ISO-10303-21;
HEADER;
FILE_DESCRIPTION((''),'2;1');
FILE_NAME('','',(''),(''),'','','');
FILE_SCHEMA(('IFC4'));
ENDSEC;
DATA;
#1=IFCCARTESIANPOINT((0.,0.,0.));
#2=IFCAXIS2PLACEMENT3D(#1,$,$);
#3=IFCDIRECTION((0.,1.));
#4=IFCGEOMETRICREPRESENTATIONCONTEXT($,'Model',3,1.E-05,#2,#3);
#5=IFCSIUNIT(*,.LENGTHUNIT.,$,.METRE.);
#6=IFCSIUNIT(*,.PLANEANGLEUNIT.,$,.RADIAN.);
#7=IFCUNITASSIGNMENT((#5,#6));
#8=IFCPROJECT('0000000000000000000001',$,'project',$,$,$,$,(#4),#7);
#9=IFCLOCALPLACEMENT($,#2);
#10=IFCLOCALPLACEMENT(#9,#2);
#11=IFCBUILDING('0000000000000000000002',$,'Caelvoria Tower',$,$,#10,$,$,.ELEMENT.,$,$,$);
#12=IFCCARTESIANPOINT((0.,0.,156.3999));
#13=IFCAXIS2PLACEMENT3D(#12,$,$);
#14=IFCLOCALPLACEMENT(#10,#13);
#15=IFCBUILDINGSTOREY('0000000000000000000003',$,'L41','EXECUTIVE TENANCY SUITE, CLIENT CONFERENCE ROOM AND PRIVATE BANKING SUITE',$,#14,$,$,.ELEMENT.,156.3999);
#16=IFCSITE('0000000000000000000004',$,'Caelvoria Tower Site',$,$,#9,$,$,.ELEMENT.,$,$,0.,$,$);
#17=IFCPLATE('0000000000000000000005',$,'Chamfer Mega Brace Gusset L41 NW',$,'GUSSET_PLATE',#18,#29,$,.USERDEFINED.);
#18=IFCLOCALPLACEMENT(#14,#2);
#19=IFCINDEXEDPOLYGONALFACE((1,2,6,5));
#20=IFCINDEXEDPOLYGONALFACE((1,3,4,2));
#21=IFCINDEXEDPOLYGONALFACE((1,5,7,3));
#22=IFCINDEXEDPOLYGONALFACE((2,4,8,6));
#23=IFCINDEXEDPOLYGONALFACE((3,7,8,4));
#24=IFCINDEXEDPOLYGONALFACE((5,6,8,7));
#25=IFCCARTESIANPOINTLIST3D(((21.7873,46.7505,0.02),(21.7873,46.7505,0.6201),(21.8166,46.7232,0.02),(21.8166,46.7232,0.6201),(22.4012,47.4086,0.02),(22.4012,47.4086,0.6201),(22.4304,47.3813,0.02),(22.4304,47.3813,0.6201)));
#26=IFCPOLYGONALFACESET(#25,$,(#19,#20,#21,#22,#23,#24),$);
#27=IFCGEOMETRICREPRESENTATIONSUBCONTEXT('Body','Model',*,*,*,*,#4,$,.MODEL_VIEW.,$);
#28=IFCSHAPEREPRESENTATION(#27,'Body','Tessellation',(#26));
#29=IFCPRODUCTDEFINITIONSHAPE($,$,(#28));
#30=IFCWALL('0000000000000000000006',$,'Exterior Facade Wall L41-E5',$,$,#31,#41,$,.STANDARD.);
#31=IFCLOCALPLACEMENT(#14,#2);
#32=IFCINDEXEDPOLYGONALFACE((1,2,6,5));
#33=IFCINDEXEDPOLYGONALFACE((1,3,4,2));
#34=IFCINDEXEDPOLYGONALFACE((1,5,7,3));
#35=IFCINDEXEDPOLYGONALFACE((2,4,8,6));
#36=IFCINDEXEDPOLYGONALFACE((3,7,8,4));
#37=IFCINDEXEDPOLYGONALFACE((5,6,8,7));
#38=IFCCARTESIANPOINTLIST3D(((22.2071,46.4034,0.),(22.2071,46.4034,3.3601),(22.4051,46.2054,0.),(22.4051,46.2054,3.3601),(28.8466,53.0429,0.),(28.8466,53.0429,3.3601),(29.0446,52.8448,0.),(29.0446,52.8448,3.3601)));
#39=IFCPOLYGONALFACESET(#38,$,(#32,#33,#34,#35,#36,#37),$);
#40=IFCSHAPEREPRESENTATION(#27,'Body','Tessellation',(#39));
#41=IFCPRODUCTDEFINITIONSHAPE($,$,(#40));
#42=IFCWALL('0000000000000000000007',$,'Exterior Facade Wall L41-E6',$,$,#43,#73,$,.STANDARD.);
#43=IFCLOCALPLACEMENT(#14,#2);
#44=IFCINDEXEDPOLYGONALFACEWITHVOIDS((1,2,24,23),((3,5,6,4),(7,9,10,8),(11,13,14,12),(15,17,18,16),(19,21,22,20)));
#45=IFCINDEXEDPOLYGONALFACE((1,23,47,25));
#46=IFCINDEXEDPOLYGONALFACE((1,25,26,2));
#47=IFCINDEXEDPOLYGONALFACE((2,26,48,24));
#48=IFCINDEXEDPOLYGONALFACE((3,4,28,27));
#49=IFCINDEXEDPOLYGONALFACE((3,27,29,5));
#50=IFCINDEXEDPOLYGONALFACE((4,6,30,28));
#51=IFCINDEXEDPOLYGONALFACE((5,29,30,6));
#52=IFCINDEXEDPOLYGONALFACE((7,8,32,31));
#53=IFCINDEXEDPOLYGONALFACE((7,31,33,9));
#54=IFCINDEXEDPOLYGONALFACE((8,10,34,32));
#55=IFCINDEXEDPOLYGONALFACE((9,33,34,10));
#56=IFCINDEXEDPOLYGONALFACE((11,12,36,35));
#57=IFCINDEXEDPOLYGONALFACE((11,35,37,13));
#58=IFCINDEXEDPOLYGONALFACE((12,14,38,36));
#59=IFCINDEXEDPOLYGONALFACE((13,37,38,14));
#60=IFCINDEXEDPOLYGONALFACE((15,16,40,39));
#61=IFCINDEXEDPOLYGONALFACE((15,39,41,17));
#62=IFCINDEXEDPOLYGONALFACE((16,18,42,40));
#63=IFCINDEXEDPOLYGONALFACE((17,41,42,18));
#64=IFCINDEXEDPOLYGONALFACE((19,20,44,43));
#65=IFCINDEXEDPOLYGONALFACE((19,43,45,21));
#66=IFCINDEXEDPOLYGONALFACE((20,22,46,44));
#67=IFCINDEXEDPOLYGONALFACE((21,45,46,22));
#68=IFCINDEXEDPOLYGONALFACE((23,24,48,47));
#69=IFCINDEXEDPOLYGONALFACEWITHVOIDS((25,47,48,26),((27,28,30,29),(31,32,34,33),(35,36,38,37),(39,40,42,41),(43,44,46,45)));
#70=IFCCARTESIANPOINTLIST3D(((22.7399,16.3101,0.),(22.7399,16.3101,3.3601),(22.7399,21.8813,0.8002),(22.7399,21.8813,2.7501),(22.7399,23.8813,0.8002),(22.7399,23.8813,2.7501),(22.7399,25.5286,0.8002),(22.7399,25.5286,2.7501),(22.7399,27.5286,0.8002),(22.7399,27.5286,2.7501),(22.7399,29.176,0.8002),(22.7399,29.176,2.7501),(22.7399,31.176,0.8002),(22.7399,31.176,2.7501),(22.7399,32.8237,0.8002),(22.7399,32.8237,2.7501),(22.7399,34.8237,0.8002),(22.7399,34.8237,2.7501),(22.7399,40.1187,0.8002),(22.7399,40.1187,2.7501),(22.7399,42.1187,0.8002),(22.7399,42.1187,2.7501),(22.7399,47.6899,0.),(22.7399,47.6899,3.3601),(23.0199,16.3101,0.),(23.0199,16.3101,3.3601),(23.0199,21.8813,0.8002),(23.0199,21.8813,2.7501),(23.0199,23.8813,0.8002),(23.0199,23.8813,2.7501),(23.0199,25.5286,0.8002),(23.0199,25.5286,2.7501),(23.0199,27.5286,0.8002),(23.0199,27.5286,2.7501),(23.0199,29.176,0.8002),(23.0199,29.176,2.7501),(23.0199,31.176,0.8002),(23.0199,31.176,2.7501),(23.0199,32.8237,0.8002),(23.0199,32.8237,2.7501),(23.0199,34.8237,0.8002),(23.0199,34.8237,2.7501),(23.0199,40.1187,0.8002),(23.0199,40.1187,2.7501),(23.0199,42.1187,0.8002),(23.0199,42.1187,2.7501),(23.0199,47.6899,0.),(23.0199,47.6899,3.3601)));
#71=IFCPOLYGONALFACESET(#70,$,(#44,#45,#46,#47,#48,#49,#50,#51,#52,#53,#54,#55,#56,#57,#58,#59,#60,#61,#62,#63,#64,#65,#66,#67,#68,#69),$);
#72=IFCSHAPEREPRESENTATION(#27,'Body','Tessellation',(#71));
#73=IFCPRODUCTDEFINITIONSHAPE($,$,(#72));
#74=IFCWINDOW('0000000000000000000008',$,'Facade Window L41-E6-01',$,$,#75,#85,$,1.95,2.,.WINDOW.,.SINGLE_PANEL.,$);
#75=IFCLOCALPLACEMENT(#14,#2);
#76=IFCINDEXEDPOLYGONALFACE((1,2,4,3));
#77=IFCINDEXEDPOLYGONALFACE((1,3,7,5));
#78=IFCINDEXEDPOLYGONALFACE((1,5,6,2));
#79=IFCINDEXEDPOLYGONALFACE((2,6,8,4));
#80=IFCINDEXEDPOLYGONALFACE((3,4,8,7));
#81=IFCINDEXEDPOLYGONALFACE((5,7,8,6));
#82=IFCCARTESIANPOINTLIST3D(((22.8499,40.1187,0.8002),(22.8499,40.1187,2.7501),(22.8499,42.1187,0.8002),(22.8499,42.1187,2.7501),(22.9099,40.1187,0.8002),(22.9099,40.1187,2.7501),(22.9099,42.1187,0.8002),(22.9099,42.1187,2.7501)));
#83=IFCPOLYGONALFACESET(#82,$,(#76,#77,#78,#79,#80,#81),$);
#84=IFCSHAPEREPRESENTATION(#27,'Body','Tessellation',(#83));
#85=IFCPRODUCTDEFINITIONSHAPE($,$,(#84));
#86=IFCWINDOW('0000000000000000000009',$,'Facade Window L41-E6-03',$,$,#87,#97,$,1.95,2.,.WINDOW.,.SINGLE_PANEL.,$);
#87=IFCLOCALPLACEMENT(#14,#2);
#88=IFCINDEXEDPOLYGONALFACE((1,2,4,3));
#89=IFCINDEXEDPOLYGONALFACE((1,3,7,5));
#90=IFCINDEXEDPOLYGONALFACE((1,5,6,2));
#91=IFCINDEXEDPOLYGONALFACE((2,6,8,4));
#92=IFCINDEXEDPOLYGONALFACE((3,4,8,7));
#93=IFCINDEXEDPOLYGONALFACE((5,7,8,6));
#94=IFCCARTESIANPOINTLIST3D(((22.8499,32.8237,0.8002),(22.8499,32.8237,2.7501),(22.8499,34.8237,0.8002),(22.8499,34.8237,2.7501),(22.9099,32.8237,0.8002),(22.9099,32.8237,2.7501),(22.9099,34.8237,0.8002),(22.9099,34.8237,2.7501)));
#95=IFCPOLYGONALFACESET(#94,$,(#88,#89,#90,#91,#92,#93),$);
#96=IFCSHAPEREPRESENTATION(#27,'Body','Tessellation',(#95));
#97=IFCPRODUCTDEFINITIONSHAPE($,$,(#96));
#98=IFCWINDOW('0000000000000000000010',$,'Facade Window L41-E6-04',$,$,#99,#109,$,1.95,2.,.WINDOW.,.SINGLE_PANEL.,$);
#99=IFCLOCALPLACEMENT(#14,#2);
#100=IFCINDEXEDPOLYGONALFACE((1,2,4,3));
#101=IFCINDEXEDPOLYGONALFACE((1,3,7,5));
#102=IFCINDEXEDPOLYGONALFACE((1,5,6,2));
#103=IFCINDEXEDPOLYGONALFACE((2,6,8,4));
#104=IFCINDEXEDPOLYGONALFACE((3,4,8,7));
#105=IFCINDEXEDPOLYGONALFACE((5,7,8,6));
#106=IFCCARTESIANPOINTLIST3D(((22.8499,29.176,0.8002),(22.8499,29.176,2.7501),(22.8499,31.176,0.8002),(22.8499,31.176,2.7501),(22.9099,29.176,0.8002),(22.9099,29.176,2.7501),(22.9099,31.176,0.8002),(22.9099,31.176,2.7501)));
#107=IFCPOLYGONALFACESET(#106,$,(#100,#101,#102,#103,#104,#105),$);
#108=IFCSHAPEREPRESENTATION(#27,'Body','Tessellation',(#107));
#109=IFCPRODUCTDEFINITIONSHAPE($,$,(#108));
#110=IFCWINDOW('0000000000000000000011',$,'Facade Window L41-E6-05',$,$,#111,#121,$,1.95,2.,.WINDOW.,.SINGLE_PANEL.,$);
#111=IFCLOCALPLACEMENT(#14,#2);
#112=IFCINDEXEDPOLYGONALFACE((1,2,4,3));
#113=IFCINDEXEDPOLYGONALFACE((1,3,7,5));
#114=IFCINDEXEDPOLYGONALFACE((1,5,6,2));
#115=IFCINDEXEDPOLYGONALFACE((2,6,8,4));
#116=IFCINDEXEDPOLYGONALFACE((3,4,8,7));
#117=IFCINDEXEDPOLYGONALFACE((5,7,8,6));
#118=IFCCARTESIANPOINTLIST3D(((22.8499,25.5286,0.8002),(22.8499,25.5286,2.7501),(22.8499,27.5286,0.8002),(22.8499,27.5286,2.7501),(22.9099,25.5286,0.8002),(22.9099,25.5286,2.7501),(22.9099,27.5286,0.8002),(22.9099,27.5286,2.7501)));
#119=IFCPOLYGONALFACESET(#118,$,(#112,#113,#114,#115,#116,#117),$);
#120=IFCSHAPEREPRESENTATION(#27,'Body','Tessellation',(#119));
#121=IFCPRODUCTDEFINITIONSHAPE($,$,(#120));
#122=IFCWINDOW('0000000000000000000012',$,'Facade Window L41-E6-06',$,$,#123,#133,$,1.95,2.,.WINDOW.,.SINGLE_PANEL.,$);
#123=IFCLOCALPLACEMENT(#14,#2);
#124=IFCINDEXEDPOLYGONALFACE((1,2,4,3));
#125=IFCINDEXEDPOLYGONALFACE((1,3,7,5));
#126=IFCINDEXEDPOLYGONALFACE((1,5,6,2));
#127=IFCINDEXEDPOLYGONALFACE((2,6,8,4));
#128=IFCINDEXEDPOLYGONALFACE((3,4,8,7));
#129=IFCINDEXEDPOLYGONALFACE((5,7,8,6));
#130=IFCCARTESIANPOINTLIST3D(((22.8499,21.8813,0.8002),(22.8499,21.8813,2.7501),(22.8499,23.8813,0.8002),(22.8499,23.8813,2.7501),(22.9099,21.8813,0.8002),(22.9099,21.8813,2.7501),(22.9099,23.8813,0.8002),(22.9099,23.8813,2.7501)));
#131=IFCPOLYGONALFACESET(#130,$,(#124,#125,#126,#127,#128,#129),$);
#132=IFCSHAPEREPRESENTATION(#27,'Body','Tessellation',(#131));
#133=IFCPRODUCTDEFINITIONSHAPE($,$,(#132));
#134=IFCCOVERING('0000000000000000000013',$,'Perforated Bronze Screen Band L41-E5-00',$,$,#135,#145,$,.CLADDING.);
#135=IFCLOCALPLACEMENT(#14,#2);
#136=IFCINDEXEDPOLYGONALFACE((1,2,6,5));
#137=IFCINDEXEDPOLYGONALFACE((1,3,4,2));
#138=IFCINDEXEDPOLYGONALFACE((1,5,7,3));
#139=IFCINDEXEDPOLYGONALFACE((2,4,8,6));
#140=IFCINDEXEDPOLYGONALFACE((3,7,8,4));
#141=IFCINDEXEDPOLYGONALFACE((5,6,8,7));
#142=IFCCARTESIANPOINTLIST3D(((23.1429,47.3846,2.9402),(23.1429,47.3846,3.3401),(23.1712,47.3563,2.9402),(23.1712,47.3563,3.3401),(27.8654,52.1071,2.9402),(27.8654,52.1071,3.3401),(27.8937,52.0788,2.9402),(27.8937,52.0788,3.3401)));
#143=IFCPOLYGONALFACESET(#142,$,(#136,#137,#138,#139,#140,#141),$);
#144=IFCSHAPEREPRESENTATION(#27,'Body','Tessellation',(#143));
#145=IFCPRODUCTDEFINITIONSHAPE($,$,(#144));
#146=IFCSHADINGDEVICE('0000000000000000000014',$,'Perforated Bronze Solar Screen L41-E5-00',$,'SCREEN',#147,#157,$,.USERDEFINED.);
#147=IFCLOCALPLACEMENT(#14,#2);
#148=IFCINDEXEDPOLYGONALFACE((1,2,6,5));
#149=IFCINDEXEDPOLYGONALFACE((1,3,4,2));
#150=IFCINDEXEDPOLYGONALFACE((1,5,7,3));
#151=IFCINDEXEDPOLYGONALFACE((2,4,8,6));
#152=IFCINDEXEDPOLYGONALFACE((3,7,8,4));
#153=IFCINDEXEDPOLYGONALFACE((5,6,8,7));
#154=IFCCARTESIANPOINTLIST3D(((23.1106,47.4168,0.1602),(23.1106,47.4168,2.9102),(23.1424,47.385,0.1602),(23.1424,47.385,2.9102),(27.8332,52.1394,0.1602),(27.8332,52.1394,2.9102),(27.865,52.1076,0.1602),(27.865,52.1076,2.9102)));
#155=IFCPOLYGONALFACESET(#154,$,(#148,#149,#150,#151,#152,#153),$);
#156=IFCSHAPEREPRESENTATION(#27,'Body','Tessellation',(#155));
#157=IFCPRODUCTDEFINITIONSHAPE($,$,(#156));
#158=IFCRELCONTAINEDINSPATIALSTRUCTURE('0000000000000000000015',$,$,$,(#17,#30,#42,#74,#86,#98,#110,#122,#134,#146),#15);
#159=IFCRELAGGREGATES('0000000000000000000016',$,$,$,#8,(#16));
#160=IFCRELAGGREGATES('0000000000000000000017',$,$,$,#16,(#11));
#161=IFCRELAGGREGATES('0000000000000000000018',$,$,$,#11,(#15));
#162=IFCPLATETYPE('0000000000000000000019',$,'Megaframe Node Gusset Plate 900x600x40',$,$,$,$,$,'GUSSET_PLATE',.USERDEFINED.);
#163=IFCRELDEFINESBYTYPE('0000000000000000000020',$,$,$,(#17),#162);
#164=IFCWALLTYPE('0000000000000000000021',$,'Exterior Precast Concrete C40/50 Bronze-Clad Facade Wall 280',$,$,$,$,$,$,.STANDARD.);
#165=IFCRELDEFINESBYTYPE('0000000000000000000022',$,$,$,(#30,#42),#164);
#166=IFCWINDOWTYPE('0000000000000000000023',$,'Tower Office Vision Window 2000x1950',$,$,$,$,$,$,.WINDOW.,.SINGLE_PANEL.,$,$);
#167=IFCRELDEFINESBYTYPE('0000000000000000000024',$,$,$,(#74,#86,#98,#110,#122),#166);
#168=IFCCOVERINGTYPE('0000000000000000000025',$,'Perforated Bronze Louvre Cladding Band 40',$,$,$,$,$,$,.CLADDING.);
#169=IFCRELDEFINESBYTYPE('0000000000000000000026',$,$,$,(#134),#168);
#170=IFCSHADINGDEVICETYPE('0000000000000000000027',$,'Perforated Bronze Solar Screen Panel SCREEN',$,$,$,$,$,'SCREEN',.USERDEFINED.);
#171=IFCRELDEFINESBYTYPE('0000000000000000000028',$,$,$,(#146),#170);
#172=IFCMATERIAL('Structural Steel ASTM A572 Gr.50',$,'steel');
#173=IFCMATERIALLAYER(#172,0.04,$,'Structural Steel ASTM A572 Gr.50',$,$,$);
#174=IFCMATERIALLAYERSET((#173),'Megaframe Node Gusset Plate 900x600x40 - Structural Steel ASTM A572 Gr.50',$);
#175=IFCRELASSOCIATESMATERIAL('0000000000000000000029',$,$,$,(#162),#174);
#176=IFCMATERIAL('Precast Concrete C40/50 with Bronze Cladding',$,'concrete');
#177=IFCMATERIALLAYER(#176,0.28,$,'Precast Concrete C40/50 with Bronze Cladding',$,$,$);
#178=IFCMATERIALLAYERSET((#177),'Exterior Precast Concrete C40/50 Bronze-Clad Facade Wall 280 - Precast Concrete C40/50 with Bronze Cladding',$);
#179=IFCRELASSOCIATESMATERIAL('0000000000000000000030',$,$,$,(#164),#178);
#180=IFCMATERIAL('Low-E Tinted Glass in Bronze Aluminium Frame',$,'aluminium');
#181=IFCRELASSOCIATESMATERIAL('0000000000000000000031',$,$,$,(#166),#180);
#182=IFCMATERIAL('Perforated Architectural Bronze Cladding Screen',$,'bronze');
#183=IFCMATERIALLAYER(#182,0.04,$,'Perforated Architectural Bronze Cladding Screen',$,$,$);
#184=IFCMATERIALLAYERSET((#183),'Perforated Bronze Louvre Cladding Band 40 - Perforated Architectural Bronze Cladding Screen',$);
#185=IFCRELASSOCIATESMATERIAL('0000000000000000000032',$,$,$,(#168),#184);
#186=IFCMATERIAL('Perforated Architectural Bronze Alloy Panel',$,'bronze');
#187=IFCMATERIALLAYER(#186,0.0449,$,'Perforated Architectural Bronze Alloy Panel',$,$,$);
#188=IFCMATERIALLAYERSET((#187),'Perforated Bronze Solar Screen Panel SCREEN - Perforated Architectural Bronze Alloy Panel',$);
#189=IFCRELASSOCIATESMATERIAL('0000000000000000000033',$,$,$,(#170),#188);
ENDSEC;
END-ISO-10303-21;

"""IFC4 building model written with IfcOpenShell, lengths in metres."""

from ifc_helpers import new_model, si_unit, direction, frame, frame_2d, origin, origin_2d, place, context, subcontext, project, spatial, rectangle, extrude, material, layer, layer_set, type_object, element, fill, save


model = new_model("IFC4")

# Units and contexts
model_context = context("Model", 3, precision=1e-05, world=origin(), true_north=direction((0.0, 1.0)))
body_context = subcontext(model_context, "Body", "Model", "MODEL_VIEW")
ifc_project = project(units=[si_unit("LENGTHUNIT", "METRE"), si_unit("PLANEANGLEUNIT", "RADIAN")], contexts=[model_context])

# Site, building, storey
site_placement = place(None, origin())
site = spatial("IfcSite", under=ifc_project, at=site_placement, Name="Caelvoria Tower Site", CompositionType="ELEMENT", RefElevation=0.0)
building_placement = place(site_placement, origin())
building = spatial("IfcBuilding", under=site, at=building_placement, Name="Caelvoria Tower", CompositionType="ELEMENT")
storey_placement = place(building_placement, frame((0.0, 0.0, 156.3999)))
storey = spatial("IfcBuildingStorey", under=building, at=storey_placement, Name="L41", Description="EXECUTIVE TENANCY SUITE, CLIENT CONFERENCE ROOM AND PRIVATE BANKING SUITE", CompositionType="ELEMENT", Elevation=156.3999)

# Shared definitions
ifc_material_1 = material(Name="Structural Steel ASTM A572 Gr.50", Category="steel")

# Plate
ifc_layer_1 = layer(ifc_material_1, 0.04, Name="Structural Steel ASTM A572 Gr.50")
ifc_layer_set_1 = layer_set([ifc_layer_1], Name="Megaframe Node Gusset Plate 900x600x40 - Structural Steel ASTM A572 Gr.50")
plate_type = type_object("IfcPlateType", Name="Megaframe Node Gusset Plate 900x600x40", ElementType="GUSSET_PLATE", PredefinedType="USERDEFINED", material=ifc_layer_set_1)
plate_placement = place(storey_placement, frame((22.1089, 47.0659, 0.02), z_axis=(0.0, 0.0, 1.0), x_axis=(0.682107, 0.731253, 0.0)))
element("IfcPlate", 1, at=plate_placement, inside=storey, type_object=plate_type, Name="Chamfer Mega Brace Gusset L41 NW", ObjectType="GUSSET_PLATE", PredefinedType="USERDEFINED", context=body_context, shape_type="SweptSolid", body=[
    extrude(rectangle(XDim=0.8999, YDim=0.04, at=origin_2d()), origin(), (0.0, 0.0, 1.0), 0.6001),
])

# Wall
ifc_material_2 = material(Name="Precast Concrete C40/50 with Bronze Cladding", Category="concrete")
ifc_layer_2 = layer(ifc_material_2, 0.28, Name="Precast Concrete C40/50 with Bronze Cladding")
ifc_layer_set_2 = layer_set([ifc_layer_2], Name="Exterior Precast Concrete C40/50 Bronze-Clad Facade Wall 280 - Precast Concrete C40/50 with Bronze Cladding")
wall_type = type_object("IfcWallType", Name="Exterior Precast Concrete C40/50 Bronze-Clad Facade Wall 280", PredefinedType="STANDARD", material=ifc_layer_set_2)
wall_1_placement = place(storey_placement, frame((28.9456, 52.9438, 0.0), z_axis=(0.0, 0.0, 1.0), x_axis=(-0.707107, -0.707107, 0.0)))
element("IfcWall", 2, at=wall_1_placement, inside=storey, type_object=wall_type, Name="Exterior Facade Wall L41-E5", PredefinedType="STANDARD", context=body_context, shape_type="SweptSolid", body=[
    extrude(rectangle(XDim=9.3896, YDim=0.28, at=frame_2d((4.6948, 0.0))), origin(), (0.0, 0.0, 1.0), 3.3601),
])

# Wall, openings, windows
wall_2_placement = place(storey_placement, frame((22.8799, 47.6899, 0.0), z_axis=(0.0, 0.0, 1.0), x_axis=(0.0, -1.0, 0.0)))
wall_2 = element("IfcWall", 3, at=wall_2_placement, inside=storey, type_object=wall_type, Name="Exterior Facade Wall L41-E6", PredefinedType="STANDARD", context=body_context, shape_type="SweptSolid", body=[
    extrude(rectangle(XDim=31.3799, YDim=0.28, at=frame_2d((15.6899, 0.0))), origin(), (0.0, 0.0, 1.0), 3.3601),
])
opening_1_placement = place(wall_2_placement, frame((5.5713, 0.0, 0.8)))
opening_1 = element("IfcOpeningElement", 4, at=opening_1_placement, cuts=wall_2, PredefinedType="OPENING", context=body_context, shape_type="SweptSolid", body=[
    extrude(rectangle(XDim=2.0, YDim=1.95, at=frame_2d((1.0, 0.9751))), frame((0.0, 0.1499, 0.0), z_axis=(0.0, -1.0, 0.0), x_axis=(1.0, 0.0, 0.0)), (0.0, 0.0, 1.0), 0.3),
])
opening_2_placement = place(wall_2_placement, frame((12.8662, 0.0, 0.8)))
opening_2 = element("IfcOpeningElement", 5, at=opening_2_placement, cuts=wall_2, PredefinedType="OPENING", context=body_context, shape_type="SweptSolid", body=[
    extrude(rectangle(XDim=2.0, YDim=1.95, at=frame_2d((1.0, 0.9751))), frame((0.0, 0.1499, 0.0), z_axis=(0.0, -1.0, 0.0), x_axis=(1.0, 0.0, 0.0)), (0.0, 0.0, 1.0), 0.3),
])
opening_3_placement = place(wall_2_placement, frame((16.5139, 0.0, 0.8)))
opening_3 = element("IfcOpeningElement", 6, at=opening_3_placement, cuts=wall_2, PredefinedType="OPENING", context=body_context, shape_type="SweptSolid", body=[
    extrude(rectangle(XDim=2.0, YDim=1.95, at=frame_2d((1.0, 0.9751))), frame((0.0, 0.1499, 0.0), z_axis=(0.0, -1.0, 0.0), x_axis=(1.0, 0.0, 0.0)), (0.0, 0.0, 1.0), 0.3),
])
opening_4_placement = place(wall_2_placement, frame((20.1614, 0.0, 0.8)))
opening_4 = element("IfcOpeningElement", 7, at=opening_4_placement, cuts=wall_2, PredefinedType="OPENING", context=body_context, shape_type="SweptSolid", body=[
    extrude(rectangle(XDim=2.0, YDim=1.95, at=frame_2d((1.0, 0.9751))), frame((0.0, 0.1499, 0.0), z_axis=(0.0, -1.0, 0.0), x_axis=(1.0, 0.0, 0.0)), (0.0, 0.0, 1.0), 0.3),
])
opening_5_placement = place(wall_2_placement, frame((23.8086, 0.0, 0.8)))
opening_5 = element("IfcOpeningElement", 8, at=opening_5_placement, cuts=wall_2, PredefinedType="OPENING", context=body_context, shape_type="SweptSolid", body=[
    extrude(rectangle(XDim=2.0, YDim=1.95, at=frame_2d((1.0, 0.9751))), frame((0.0, 0.1499, 0.0), z_axis=(0.0, -1.0, 0.0), x_axis=(1.0, 0.0, 0.0)), (0.0, 0.0, 1.0), 0.3),
])
ifc_material_3 = material(Name="Low-E Tinted Glass in Bronze Aluminium Frame", Category="aluminium")
window_type = type_object("IfcWindowType", Name="Tower Office Vision Window 2000x1950", PartitioningType="SINGLE_PANEL", PredefinedType="WINDOW", material=ifc_material_3)
window_1_placement = place(opening_1_placement, origin())
window_1 = element("IfcWindow", 9, at=window_1_placement, inside=storey, type_object=window_type, Name="Facade Window L41-E6-01", OverallHeight=1.95, OverallWidth=2.0, PartitioningType="SINGLE_PANEL", PredefinedType="WINDOW", context=body_context, shape_type="SweptSolid", body=[
    extrude(rectangle(XDim=2.0, YDim=1.95, at=frame_2d((1.0, 0.9751))), frame((0.0, 0.03, 0.0), z_axis=(0.0, -1.0, 0.0), x_axis=(1.0, 0.0, 0.0)), (0.0, 0.0, 1.0), 0.0601),
])
fill(opening_1, window_1)
window_2_placement = place(opening_2_placement, origin())
window_2 = element("IfcWindow", 10, at=window_2_placement, inside=storey, type_object=window_type, Name="Facade Window L41-E6-03", OverallHeight=1.95, OverallWidth=2.0, PartitioningType="SINGLE_PANEL", PredefinedType="WINDOW", context=body_context, shape_type="SweptSolid", body=[
    extrude(rectangle(XDim=2.0, YDim=1.95, at=frame_2d((1.0, 0.9751))), frame((0.0, 0.03, 0.0), z_axis=(0.0, -1.0, 0.0), x_axis=(1.0, 0.0, 0.0)), (0.0, 0.0, 1.0), 0.0601),
])
fill(opening_2, window_2)
window_3_placement = place(opening_3_placement, origin())
window_3 = element("IfcWindow", 11, at=window_3_placement, inside=storey, type_object=window_type, Name="Facade Window L41-E6-04", OverallHeight=1.95, OverallWidth=2.0, PartitioningType="SINGLE_PANEL", PredefinedType="WINDOW", context=body_context, shape_type="SweptSolid", body=[
    extrude(rectangle(XDim=2.0, YDim=1.95, at=frame_2d((1.0, 0.9751))), frame((0.0, 0.03, 0.0), z_axis=(0.0, -1.0, 0.0), x_axis=(1.0, 0.0, 0.0)), (0.0, 0.0, 1.0), 0.0601),
])
fill(opening_3, window_3)
window_4_placement = place(opening_4_placement, origin())
window_4 = element("IfcWindow", 12, at=window_4_placement, inside=storey, type_object=window_type, Name="Facade Window L41-E6-05", OverallHeight=1.95, OverallWidth=2.0, PartitioningType="SINGLE_PANEL", PredefinedType="WINDOW", context=body_context, shape_type="SweptSolid", body=[
    extrude(rectangle(XDim=2.0, YDim=1.95, at=frame_2d((1.0, 0.9751))), frame((0.0, 0.03, 0.0), z_axis=(0.0, -1.0, 0.0), x_axis=(1.0, 0.0, 0.0)), (0.0, 0.0, 1.0), 0.0601),
])
fill(opening_4, window_4)
window_5_placement = place(opening_5_placement, origin())
window_5 = element("IfcWindow", 13, at=window_5_placement, inside=storey, type_object=window_type, Name="Facade Window L41-E6-06", OverallHeight=1.95, OverallWidth=2.0, PartitioningType="SINGLE_PANEL", PredefinedType="WINDOW", context=body_context, shape_type="SweptSolid", body=[
    extrude(rectangle(XDim=2.0, YDim=1.95, at=frame_2d((1.0, 0.9751))), frame((0.0, 0.03, 0.0), z_axis=(0.0, -1.0, 0.0), x_axis=(1.0, 0.0, 0.0)), (0.0, 0.0, 1.0), 0.0601),
])
fill(opening_5, window_5)

# Covering
ifc_material_4 = material(Name="Perforated Architectural Bronze Cladding Screen", Category="bronze")
ifc_layer_3 = layer(ifc_material_4, 0.04, Name="Perforated Architectural Bronze Cladding Screen")
ifc_layer_set_3 = layer_set([ifc_layer_3], Name="Perforated Bronze Louvre Cladding Band 40 - Perforated Architectural Bronze Cladding Screen")
covering_type = type_object("IfcCoveringType", Name="Perforated Bronze Louvre Cladding Band 40", PredefinedType="CLADDING", material=ifc_layer_set_3)
covering_placement = place(storey_placement, frame((25.5183, 49.7317, 2.9402), z_axis=(0.0, 0.0, 1.0), x_axis=(-0.707107, -0.707107, 0.0)))
element("IfcCovering", 14, at=covering_placement, inside=storey, type_object=covering_type, Name="Perforated Bronze Screen Band L41-E5-00", PredefinedType="CLADDING", context=body_context, shape_type="SweptSolid", body=[
    extrude(rectangle(XDim=6.6787, YDim=0.04, at=origin_2d()), origin(), (0.0, 0.0, 1.0), 0.3999),
])

# Shading device
ifc_material_5 = material(Name="Perforated Architectural Bronze Alloy Panel", Category="bronze")
ifc_layer_4 = layer(ifc_material_5, 0.0449, Name="Perforated Architectural Bronze Alloy Panel")
ifc_layer_set_4 = layer_set([ifc_layer_4], Name="Perforated Bronze Solar Screen Panel SCREEN - Perforated Architectural Bronze Alloy Panel")
shading_device_type = type_object("IfcShadingDeviceType", Name="Perforated Bronze Solar Screen Panel SCREEN", ElementType="SCREEN", PredefinedType="USERDEFINED", material=ifc_layer_set_4)
shading_device_placement = place(storey_placement, frame((25.4878, 49.7622, 0.1602), z_axis=(0.0, 0.0, 1.0), x_axis=(-0.707107, -0.707107, 0.0)))
element("IfcShadingDevice", 15, at=shading_device_placement, inside=storey, type_object=shading_device_type, Name="Perforated Bronze Solar Screen L41-E5-00", ObjectType="SCREEN", PredefinedType="USERDEFINED", context=body_context, shape_type="SweptSolid", body=[
    extrude(rectangle(XDim=6.6787, YDim=0.0449, at=origin_2d()), origin(), (0.0, 0.0, 1.0), 2.75),
])

save(model, "model.ifc")
